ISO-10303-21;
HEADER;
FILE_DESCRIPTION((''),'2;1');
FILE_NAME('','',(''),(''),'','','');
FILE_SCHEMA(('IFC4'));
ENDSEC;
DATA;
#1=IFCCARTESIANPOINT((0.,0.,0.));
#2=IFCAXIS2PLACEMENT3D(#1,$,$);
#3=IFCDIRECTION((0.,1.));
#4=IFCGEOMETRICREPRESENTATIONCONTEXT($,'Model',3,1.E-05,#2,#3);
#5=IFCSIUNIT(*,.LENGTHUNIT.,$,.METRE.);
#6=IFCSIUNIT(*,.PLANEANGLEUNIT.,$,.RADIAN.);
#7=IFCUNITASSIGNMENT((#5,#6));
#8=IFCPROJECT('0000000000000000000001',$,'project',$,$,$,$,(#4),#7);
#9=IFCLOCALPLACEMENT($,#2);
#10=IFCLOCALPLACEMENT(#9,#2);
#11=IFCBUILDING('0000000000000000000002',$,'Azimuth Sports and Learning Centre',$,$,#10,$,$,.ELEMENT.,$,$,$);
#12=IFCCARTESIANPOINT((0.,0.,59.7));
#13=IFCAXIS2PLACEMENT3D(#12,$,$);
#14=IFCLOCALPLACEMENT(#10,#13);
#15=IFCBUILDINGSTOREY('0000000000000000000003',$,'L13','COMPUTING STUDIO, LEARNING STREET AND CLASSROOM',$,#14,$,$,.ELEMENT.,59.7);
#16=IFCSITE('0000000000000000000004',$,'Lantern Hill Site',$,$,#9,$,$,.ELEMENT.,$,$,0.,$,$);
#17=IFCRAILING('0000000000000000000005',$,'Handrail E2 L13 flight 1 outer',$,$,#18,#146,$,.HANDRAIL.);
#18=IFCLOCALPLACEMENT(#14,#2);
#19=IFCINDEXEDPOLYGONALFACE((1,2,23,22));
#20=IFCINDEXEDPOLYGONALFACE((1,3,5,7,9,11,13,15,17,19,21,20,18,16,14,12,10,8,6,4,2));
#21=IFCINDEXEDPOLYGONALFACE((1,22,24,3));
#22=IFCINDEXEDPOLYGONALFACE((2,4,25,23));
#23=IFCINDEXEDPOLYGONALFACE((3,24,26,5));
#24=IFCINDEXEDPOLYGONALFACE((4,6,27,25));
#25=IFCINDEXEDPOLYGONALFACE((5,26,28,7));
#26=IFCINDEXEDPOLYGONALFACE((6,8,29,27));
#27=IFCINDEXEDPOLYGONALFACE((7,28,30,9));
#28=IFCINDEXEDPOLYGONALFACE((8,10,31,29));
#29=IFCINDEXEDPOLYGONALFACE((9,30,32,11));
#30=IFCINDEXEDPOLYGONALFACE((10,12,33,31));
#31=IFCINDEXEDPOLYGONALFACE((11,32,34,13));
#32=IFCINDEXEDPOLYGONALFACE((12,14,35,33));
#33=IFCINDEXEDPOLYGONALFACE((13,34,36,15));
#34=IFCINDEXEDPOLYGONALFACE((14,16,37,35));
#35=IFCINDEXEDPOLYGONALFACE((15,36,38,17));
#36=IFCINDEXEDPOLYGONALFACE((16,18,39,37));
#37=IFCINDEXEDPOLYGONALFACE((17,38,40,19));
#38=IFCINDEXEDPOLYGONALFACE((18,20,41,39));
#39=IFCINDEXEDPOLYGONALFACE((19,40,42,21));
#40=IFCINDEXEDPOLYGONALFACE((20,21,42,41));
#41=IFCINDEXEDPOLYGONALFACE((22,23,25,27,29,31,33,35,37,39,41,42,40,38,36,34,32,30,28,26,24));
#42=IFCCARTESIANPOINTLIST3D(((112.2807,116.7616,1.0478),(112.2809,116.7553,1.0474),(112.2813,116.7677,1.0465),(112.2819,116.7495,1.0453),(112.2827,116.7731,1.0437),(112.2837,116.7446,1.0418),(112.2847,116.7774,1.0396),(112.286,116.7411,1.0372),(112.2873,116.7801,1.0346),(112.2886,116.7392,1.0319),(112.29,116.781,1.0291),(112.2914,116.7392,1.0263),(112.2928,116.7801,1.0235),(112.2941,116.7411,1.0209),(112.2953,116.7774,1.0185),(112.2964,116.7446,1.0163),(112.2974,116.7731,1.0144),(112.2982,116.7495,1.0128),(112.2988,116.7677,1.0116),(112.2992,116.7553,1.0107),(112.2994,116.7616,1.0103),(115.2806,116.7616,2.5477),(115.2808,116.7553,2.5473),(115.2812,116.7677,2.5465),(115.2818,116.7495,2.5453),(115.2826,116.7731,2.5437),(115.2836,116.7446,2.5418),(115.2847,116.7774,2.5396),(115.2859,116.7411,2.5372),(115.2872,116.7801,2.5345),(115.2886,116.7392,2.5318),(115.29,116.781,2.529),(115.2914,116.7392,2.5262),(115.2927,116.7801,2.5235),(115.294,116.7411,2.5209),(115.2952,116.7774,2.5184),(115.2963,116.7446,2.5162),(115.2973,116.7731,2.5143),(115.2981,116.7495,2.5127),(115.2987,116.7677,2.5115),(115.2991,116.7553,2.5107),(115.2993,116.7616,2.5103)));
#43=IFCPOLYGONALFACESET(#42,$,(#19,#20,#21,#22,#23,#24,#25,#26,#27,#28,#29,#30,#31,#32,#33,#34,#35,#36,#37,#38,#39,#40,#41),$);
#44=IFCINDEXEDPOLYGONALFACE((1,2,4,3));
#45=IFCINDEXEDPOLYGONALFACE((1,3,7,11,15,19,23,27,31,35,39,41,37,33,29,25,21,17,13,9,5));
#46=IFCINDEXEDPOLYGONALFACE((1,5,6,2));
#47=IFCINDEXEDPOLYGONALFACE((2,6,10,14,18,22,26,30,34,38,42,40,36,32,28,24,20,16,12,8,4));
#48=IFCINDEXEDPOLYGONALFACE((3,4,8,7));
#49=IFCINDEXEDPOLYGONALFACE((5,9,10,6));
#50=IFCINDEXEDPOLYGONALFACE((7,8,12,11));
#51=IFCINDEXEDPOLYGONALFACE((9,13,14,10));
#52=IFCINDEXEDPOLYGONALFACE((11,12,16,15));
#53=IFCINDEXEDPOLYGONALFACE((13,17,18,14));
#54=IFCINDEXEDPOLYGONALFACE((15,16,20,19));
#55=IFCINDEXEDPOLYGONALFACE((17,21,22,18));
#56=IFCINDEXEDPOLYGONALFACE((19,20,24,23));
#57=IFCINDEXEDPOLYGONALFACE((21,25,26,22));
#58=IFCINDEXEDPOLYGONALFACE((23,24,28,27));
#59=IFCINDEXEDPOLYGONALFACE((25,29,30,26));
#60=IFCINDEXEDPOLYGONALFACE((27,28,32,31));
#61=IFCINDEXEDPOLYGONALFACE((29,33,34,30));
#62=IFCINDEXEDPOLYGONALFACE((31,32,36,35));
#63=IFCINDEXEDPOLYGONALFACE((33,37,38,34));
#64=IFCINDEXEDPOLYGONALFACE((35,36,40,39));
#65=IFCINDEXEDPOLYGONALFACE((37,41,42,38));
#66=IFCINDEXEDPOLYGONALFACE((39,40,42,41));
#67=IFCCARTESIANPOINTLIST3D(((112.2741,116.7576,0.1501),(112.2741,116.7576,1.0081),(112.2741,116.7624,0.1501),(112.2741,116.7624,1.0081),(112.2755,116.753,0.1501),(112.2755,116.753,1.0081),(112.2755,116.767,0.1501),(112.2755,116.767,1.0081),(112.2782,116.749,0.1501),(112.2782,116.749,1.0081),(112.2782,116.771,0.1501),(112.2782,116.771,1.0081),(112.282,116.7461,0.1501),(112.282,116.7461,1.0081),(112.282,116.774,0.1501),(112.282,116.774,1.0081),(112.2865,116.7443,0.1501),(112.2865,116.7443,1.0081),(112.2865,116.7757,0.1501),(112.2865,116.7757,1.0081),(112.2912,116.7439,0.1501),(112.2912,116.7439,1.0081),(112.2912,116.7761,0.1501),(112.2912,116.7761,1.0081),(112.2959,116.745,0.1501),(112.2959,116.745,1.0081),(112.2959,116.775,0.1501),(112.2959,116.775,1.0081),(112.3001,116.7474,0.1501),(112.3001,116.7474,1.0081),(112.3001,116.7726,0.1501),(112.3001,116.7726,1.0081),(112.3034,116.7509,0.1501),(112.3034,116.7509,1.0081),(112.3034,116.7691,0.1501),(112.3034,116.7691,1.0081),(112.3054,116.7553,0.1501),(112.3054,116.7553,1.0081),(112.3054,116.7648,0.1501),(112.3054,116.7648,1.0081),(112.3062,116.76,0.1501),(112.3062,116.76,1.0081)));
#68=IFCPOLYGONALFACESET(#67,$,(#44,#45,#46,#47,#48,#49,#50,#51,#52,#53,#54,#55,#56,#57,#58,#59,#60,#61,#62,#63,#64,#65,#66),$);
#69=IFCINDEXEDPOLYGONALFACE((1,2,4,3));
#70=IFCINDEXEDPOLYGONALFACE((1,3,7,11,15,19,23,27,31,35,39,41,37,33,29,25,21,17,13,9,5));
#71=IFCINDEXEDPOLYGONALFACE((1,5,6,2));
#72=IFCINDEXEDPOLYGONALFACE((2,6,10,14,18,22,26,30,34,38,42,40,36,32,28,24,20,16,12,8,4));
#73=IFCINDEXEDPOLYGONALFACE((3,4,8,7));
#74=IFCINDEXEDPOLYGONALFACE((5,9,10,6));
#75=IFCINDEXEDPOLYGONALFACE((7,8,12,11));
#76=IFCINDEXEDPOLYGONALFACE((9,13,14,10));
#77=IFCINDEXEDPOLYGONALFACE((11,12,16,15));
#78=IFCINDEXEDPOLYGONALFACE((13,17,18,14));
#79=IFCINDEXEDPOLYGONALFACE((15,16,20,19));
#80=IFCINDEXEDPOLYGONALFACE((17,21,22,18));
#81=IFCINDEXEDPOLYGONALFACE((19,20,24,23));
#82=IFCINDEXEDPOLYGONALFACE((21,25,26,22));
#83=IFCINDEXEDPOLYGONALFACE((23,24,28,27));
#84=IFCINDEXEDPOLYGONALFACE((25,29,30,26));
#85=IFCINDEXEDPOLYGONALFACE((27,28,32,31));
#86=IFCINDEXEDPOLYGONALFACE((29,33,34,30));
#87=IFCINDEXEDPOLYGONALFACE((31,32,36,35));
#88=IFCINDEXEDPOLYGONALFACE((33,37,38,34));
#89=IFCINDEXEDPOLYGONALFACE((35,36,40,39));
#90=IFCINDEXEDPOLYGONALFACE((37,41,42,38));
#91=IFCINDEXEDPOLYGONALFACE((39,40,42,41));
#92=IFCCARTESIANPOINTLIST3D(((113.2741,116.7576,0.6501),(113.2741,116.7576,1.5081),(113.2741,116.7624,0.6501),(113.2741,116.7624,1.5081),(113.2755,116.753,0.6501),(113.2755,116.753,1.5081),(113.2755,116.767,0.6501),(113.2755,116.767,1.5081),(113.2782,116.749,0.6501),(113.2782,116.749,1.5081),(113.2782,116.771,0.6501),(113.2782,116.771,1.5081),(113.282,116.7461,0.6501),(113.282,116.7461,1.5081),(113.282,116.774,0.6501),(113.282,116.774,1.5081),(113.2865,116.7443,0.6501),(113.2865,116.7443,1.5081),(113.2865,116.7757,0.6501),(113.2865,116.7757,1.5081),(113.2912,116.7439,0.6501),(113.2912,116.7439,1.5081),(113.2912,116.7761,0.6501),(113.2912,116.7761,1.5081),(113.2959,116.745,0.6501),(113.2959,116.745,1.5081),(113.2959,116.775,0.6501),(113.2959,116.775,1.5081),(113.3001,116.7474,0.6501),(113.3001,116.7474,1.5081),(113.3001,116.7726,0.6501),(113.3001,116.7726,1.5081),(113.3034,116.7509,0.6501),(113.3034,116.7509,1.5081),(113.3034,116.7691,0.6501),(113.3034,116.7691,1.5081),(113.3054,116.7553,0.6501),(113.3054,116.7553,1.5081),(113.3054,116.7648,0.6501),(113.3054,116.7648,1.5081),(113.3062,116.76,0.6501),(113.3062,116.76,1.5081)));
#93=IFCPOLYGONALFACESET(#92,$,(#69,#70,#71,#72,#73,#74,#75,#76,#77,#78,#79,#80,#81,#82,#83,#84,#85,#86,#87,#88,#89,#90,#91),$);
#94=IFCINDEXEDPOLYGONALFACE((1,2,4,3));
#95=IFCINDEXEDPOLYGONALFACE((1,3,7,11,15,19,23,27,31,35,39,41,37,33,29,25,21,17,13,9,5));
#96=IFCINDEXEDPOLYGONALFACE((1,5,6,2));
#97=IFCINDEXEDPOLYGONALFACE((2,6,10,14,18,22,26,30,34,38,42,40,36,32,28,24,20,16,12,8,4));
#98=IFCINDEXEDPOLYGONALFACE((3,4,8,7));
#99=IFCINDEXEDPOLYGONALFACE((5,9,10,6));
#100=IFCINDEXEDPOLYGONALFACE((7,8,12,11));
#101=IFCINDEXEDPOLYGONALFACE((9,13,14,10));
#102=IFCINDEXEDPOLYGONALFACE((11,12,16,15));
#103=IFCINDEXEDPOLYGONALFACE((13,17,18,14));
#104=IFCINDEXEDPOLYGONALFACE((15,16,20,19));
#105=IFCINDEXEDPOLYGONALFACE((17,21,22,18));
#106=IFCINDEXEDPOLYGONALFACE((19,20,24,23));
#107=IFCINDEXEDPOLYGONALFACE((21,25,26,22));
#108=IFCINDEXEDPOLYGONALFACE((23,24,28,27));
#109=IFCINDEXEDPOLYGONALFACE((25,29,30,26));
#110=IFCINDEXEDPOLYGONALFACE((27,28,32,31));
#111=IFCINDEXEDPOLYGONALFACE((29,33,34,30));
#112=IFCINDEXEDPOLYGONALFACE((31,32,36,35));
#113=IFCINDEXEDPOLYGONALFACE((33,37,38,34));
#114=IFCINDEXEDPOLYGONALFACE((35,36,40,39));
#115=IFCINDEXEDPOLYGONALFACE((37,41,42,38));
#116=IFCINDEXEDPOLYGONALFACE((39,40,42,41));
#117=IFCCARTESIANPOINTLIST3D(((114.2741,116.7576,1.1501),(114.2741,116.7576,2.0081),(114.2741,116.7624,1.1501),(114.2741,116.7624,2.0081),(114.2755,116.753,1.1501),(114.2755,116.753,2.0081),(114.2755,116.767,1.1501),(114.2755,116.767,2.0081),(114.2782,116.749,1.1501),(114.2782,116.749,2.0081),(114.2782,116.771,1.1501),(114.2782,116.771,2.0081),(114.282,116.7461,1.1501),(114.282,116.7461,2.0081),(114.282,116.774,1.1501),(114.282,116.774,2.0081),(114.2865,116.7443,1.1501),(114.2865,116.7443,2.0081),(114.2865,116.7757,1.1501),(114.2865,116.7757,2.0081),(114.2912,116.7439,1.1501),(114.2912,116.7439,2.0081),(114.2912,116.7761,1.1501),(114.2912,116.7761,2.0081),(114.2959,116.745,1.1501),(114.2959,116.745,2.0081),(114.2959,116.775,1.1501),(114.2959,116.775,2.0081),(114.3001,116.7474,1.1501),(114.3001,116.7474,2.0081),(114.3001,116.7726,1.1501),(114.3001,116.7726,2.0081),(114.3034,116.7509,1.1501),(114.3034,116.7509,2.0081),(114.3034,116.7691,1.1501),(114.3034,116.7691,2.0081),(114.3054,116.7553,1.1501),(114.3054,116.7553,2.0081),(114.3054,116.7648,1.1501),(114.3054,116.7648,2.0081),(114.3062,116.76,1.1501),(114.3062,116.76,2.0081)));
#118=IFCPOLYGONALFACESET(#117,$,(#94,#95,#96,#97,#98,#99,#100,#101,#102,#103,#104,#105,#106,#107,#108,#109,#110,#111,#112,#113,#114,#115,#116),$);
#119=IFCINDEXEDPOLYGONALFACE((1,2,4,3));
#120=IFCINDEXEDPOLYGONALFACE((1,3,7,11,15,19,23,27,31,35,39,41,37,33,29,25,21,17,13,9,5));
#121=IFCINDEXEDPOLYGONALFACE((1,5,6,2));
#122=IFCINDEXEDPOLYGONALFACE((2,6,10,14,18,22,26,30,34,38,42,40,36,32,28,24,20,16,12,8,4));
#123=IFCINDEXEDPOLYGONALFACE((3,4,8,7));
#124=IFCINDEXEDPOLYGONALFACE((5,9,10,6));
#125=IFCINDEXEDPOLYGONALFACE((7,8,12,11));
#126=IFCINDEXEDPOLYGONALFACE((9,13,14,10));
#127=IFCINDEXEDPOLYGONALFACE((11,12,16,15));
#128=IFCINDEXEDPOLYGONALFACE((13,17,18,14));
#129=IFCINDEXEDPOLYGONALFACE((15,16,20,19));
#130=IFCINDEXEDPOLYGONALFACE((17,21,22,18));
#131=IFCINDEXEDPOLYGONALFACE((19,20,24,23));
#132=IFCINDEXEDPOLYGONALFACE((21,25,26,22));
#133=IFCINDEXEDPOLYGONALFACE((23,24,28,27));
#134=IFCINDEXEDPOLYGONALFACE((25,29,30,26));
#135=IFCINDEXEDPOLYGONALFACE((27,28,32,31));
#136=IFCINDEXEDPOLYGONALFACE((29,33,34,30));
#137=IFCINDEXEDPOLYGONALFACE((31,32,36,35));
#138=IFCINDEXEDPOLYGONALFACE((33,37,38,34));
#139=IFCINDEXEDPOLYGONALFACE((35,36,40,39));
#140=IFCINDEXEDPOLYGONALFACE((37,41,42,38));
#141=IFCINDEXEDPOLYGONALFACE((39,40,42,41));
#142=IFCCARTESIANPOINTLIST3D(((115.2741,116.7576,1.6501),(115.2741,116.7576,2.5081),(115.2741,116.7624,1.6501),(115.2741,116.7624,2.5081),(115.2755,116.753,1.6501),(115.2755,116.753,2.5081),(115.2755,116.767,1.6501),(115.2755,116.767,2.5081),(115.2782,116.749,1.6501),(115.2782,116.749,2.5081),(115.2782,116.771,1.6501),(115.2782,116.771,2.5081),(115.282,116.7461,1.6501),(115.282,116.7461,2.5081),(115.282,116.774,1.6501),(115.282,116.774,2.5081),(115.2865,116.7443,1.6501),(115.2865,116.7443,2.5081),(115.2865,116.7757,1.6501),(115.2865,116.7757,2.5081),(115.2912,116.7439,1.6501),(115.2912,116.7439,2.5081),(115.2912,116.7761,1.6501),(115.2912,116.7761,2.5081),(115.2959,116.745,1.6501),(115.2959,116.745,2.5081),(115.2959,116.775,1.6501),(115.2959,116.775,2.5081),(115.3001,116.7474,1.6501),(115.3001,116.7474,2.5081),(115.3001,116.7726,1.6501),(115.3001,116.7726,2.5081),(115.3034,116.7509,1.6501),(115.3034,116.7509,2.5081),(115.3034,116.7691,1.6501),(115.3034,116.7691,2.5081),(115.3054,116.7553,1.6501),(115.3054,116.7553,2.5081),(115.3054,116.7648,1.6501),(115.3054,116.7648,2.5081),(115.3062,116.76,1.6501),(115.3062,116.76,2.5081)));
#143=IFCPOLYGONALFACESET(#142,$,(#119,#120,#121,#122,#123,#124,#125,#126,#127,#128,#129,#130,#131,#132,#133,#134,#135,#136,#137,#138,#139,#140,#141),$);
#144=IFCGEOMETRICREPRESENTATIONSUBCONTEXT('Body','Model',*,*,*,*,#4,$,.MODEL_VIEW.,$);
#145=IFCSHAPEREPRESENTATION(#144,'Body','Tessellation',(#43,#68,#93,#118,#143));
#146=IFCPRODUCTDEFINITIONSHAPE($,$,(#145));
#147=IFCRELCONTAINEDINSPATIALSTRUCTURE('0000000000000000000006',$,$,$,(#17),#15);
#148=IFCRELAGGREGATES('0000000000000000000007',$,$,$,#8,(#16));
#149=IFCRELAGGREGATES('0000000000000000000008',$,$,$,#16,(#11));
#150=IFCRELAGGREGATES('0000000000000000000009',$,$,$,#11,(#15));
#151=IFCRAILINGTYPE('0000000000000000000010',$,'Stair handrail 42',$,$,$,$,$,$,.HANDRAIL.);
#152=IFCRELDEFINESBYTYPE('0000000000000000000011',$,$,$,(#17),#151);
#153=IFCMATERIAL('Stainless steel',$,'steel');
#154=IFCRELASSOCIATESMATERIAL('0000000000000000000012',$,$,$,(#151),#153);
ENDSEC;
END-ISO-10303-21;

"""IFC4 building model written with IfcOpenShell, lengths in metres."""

from ifc_helpers import new_model, si_unit, direction, frame, origin, origin_2d, place, context, subcontext, project, spatial, circle, extrude, material, type_object, element, save


model = new_model("IFC4")

# Units and contexts
model_context = context("Model", 3, precision=1e-05, world=origin(), true_north=direction((0.0, 1.0)))
body_context = subcontext(model_context, "Body", "Model", "MODEL_VIEW")
ifc_project = project(units=[si_unit("LENGTHUNIT", "METRE"), si_unit("PLANEANGLEUNIT", "RADIAN")], contexts=[model_context])

# Site, building, storey
site_placement = place(None, origin())
site = spatial("IfcSite", under=ifc_project, at=site_placement, Name="Lantern Hill Site", CompositionType="ELEMENT", RefElevation=0.0)
building_placement = place(site_placement, origin())
building = spatial("IfcBuilding", under=site, at=building_placement, Name="Azimuth Sports and Learning Centre", CompositionType="ELEMENT")
storey_placement = place(building_placement, frame((0.0, 0.0, 59.7)))
storey = spatial("IfcBuildingStorey", under=building, at=storey_placement, Name="L13", Description="COMPUTING STUDIO, LEARNING STREET AND CLASSROOM", CompositionType="ELEMENT", Elevation=59.7)

# Railing
ifc_material_1 = material(Name="Stainless steel", Category="steel")
railing_type_1 = type_object("IfcRailingType", Name="Stair handrail 42", PredefinedType="HANDRAIL", material=ifc_material_1)
for number, where, name in (
    (1, (112.29, 116.76, 0.1501), "Handrail E2 L13 flight 1 outer"),
):
    element("IfcRailing", number, at=place(storey_placement, frame(where)), inside=storey, type_object=railing_type_1, Name=name, PredefinedType="HANDRAIL", context=body_context, shape_type="SweptSolid", body=[
        extrude(circle(Radius=0.021, at=origin_2d()), frame((0.0, 0.0, 0.8789), z_axis=(0.894427, 0.0, 0.447214), x_axis=(0.0, 1.0, 0.0)), (0.0, 0.0, 1.0), 3.354),
        extrude(circle(Radius=0.0161, at=origin_2d()), origin(), (0.0, 0.0, 1.0), 0.8579),
        extrude(circle(Radius=0.0161, at=origin_2d()), frame((1.0, 0.0, 0.5)), (0.0, 0.0, 1.0), 0.8579),
        extrude(circle(Radius=0.0161, at=origin_2d()), frame((2.0, 0.0, 1.0)), (0.0, 0.0, 1.0), 0.8579),
        extrude(circle(Radius=0.0161, at=origin_2d()), frame((3.0, 0.0, 1.5)), (0.0, 0.0, 1.0), 0.8579),
    ])

save(model, "model.ifc")
